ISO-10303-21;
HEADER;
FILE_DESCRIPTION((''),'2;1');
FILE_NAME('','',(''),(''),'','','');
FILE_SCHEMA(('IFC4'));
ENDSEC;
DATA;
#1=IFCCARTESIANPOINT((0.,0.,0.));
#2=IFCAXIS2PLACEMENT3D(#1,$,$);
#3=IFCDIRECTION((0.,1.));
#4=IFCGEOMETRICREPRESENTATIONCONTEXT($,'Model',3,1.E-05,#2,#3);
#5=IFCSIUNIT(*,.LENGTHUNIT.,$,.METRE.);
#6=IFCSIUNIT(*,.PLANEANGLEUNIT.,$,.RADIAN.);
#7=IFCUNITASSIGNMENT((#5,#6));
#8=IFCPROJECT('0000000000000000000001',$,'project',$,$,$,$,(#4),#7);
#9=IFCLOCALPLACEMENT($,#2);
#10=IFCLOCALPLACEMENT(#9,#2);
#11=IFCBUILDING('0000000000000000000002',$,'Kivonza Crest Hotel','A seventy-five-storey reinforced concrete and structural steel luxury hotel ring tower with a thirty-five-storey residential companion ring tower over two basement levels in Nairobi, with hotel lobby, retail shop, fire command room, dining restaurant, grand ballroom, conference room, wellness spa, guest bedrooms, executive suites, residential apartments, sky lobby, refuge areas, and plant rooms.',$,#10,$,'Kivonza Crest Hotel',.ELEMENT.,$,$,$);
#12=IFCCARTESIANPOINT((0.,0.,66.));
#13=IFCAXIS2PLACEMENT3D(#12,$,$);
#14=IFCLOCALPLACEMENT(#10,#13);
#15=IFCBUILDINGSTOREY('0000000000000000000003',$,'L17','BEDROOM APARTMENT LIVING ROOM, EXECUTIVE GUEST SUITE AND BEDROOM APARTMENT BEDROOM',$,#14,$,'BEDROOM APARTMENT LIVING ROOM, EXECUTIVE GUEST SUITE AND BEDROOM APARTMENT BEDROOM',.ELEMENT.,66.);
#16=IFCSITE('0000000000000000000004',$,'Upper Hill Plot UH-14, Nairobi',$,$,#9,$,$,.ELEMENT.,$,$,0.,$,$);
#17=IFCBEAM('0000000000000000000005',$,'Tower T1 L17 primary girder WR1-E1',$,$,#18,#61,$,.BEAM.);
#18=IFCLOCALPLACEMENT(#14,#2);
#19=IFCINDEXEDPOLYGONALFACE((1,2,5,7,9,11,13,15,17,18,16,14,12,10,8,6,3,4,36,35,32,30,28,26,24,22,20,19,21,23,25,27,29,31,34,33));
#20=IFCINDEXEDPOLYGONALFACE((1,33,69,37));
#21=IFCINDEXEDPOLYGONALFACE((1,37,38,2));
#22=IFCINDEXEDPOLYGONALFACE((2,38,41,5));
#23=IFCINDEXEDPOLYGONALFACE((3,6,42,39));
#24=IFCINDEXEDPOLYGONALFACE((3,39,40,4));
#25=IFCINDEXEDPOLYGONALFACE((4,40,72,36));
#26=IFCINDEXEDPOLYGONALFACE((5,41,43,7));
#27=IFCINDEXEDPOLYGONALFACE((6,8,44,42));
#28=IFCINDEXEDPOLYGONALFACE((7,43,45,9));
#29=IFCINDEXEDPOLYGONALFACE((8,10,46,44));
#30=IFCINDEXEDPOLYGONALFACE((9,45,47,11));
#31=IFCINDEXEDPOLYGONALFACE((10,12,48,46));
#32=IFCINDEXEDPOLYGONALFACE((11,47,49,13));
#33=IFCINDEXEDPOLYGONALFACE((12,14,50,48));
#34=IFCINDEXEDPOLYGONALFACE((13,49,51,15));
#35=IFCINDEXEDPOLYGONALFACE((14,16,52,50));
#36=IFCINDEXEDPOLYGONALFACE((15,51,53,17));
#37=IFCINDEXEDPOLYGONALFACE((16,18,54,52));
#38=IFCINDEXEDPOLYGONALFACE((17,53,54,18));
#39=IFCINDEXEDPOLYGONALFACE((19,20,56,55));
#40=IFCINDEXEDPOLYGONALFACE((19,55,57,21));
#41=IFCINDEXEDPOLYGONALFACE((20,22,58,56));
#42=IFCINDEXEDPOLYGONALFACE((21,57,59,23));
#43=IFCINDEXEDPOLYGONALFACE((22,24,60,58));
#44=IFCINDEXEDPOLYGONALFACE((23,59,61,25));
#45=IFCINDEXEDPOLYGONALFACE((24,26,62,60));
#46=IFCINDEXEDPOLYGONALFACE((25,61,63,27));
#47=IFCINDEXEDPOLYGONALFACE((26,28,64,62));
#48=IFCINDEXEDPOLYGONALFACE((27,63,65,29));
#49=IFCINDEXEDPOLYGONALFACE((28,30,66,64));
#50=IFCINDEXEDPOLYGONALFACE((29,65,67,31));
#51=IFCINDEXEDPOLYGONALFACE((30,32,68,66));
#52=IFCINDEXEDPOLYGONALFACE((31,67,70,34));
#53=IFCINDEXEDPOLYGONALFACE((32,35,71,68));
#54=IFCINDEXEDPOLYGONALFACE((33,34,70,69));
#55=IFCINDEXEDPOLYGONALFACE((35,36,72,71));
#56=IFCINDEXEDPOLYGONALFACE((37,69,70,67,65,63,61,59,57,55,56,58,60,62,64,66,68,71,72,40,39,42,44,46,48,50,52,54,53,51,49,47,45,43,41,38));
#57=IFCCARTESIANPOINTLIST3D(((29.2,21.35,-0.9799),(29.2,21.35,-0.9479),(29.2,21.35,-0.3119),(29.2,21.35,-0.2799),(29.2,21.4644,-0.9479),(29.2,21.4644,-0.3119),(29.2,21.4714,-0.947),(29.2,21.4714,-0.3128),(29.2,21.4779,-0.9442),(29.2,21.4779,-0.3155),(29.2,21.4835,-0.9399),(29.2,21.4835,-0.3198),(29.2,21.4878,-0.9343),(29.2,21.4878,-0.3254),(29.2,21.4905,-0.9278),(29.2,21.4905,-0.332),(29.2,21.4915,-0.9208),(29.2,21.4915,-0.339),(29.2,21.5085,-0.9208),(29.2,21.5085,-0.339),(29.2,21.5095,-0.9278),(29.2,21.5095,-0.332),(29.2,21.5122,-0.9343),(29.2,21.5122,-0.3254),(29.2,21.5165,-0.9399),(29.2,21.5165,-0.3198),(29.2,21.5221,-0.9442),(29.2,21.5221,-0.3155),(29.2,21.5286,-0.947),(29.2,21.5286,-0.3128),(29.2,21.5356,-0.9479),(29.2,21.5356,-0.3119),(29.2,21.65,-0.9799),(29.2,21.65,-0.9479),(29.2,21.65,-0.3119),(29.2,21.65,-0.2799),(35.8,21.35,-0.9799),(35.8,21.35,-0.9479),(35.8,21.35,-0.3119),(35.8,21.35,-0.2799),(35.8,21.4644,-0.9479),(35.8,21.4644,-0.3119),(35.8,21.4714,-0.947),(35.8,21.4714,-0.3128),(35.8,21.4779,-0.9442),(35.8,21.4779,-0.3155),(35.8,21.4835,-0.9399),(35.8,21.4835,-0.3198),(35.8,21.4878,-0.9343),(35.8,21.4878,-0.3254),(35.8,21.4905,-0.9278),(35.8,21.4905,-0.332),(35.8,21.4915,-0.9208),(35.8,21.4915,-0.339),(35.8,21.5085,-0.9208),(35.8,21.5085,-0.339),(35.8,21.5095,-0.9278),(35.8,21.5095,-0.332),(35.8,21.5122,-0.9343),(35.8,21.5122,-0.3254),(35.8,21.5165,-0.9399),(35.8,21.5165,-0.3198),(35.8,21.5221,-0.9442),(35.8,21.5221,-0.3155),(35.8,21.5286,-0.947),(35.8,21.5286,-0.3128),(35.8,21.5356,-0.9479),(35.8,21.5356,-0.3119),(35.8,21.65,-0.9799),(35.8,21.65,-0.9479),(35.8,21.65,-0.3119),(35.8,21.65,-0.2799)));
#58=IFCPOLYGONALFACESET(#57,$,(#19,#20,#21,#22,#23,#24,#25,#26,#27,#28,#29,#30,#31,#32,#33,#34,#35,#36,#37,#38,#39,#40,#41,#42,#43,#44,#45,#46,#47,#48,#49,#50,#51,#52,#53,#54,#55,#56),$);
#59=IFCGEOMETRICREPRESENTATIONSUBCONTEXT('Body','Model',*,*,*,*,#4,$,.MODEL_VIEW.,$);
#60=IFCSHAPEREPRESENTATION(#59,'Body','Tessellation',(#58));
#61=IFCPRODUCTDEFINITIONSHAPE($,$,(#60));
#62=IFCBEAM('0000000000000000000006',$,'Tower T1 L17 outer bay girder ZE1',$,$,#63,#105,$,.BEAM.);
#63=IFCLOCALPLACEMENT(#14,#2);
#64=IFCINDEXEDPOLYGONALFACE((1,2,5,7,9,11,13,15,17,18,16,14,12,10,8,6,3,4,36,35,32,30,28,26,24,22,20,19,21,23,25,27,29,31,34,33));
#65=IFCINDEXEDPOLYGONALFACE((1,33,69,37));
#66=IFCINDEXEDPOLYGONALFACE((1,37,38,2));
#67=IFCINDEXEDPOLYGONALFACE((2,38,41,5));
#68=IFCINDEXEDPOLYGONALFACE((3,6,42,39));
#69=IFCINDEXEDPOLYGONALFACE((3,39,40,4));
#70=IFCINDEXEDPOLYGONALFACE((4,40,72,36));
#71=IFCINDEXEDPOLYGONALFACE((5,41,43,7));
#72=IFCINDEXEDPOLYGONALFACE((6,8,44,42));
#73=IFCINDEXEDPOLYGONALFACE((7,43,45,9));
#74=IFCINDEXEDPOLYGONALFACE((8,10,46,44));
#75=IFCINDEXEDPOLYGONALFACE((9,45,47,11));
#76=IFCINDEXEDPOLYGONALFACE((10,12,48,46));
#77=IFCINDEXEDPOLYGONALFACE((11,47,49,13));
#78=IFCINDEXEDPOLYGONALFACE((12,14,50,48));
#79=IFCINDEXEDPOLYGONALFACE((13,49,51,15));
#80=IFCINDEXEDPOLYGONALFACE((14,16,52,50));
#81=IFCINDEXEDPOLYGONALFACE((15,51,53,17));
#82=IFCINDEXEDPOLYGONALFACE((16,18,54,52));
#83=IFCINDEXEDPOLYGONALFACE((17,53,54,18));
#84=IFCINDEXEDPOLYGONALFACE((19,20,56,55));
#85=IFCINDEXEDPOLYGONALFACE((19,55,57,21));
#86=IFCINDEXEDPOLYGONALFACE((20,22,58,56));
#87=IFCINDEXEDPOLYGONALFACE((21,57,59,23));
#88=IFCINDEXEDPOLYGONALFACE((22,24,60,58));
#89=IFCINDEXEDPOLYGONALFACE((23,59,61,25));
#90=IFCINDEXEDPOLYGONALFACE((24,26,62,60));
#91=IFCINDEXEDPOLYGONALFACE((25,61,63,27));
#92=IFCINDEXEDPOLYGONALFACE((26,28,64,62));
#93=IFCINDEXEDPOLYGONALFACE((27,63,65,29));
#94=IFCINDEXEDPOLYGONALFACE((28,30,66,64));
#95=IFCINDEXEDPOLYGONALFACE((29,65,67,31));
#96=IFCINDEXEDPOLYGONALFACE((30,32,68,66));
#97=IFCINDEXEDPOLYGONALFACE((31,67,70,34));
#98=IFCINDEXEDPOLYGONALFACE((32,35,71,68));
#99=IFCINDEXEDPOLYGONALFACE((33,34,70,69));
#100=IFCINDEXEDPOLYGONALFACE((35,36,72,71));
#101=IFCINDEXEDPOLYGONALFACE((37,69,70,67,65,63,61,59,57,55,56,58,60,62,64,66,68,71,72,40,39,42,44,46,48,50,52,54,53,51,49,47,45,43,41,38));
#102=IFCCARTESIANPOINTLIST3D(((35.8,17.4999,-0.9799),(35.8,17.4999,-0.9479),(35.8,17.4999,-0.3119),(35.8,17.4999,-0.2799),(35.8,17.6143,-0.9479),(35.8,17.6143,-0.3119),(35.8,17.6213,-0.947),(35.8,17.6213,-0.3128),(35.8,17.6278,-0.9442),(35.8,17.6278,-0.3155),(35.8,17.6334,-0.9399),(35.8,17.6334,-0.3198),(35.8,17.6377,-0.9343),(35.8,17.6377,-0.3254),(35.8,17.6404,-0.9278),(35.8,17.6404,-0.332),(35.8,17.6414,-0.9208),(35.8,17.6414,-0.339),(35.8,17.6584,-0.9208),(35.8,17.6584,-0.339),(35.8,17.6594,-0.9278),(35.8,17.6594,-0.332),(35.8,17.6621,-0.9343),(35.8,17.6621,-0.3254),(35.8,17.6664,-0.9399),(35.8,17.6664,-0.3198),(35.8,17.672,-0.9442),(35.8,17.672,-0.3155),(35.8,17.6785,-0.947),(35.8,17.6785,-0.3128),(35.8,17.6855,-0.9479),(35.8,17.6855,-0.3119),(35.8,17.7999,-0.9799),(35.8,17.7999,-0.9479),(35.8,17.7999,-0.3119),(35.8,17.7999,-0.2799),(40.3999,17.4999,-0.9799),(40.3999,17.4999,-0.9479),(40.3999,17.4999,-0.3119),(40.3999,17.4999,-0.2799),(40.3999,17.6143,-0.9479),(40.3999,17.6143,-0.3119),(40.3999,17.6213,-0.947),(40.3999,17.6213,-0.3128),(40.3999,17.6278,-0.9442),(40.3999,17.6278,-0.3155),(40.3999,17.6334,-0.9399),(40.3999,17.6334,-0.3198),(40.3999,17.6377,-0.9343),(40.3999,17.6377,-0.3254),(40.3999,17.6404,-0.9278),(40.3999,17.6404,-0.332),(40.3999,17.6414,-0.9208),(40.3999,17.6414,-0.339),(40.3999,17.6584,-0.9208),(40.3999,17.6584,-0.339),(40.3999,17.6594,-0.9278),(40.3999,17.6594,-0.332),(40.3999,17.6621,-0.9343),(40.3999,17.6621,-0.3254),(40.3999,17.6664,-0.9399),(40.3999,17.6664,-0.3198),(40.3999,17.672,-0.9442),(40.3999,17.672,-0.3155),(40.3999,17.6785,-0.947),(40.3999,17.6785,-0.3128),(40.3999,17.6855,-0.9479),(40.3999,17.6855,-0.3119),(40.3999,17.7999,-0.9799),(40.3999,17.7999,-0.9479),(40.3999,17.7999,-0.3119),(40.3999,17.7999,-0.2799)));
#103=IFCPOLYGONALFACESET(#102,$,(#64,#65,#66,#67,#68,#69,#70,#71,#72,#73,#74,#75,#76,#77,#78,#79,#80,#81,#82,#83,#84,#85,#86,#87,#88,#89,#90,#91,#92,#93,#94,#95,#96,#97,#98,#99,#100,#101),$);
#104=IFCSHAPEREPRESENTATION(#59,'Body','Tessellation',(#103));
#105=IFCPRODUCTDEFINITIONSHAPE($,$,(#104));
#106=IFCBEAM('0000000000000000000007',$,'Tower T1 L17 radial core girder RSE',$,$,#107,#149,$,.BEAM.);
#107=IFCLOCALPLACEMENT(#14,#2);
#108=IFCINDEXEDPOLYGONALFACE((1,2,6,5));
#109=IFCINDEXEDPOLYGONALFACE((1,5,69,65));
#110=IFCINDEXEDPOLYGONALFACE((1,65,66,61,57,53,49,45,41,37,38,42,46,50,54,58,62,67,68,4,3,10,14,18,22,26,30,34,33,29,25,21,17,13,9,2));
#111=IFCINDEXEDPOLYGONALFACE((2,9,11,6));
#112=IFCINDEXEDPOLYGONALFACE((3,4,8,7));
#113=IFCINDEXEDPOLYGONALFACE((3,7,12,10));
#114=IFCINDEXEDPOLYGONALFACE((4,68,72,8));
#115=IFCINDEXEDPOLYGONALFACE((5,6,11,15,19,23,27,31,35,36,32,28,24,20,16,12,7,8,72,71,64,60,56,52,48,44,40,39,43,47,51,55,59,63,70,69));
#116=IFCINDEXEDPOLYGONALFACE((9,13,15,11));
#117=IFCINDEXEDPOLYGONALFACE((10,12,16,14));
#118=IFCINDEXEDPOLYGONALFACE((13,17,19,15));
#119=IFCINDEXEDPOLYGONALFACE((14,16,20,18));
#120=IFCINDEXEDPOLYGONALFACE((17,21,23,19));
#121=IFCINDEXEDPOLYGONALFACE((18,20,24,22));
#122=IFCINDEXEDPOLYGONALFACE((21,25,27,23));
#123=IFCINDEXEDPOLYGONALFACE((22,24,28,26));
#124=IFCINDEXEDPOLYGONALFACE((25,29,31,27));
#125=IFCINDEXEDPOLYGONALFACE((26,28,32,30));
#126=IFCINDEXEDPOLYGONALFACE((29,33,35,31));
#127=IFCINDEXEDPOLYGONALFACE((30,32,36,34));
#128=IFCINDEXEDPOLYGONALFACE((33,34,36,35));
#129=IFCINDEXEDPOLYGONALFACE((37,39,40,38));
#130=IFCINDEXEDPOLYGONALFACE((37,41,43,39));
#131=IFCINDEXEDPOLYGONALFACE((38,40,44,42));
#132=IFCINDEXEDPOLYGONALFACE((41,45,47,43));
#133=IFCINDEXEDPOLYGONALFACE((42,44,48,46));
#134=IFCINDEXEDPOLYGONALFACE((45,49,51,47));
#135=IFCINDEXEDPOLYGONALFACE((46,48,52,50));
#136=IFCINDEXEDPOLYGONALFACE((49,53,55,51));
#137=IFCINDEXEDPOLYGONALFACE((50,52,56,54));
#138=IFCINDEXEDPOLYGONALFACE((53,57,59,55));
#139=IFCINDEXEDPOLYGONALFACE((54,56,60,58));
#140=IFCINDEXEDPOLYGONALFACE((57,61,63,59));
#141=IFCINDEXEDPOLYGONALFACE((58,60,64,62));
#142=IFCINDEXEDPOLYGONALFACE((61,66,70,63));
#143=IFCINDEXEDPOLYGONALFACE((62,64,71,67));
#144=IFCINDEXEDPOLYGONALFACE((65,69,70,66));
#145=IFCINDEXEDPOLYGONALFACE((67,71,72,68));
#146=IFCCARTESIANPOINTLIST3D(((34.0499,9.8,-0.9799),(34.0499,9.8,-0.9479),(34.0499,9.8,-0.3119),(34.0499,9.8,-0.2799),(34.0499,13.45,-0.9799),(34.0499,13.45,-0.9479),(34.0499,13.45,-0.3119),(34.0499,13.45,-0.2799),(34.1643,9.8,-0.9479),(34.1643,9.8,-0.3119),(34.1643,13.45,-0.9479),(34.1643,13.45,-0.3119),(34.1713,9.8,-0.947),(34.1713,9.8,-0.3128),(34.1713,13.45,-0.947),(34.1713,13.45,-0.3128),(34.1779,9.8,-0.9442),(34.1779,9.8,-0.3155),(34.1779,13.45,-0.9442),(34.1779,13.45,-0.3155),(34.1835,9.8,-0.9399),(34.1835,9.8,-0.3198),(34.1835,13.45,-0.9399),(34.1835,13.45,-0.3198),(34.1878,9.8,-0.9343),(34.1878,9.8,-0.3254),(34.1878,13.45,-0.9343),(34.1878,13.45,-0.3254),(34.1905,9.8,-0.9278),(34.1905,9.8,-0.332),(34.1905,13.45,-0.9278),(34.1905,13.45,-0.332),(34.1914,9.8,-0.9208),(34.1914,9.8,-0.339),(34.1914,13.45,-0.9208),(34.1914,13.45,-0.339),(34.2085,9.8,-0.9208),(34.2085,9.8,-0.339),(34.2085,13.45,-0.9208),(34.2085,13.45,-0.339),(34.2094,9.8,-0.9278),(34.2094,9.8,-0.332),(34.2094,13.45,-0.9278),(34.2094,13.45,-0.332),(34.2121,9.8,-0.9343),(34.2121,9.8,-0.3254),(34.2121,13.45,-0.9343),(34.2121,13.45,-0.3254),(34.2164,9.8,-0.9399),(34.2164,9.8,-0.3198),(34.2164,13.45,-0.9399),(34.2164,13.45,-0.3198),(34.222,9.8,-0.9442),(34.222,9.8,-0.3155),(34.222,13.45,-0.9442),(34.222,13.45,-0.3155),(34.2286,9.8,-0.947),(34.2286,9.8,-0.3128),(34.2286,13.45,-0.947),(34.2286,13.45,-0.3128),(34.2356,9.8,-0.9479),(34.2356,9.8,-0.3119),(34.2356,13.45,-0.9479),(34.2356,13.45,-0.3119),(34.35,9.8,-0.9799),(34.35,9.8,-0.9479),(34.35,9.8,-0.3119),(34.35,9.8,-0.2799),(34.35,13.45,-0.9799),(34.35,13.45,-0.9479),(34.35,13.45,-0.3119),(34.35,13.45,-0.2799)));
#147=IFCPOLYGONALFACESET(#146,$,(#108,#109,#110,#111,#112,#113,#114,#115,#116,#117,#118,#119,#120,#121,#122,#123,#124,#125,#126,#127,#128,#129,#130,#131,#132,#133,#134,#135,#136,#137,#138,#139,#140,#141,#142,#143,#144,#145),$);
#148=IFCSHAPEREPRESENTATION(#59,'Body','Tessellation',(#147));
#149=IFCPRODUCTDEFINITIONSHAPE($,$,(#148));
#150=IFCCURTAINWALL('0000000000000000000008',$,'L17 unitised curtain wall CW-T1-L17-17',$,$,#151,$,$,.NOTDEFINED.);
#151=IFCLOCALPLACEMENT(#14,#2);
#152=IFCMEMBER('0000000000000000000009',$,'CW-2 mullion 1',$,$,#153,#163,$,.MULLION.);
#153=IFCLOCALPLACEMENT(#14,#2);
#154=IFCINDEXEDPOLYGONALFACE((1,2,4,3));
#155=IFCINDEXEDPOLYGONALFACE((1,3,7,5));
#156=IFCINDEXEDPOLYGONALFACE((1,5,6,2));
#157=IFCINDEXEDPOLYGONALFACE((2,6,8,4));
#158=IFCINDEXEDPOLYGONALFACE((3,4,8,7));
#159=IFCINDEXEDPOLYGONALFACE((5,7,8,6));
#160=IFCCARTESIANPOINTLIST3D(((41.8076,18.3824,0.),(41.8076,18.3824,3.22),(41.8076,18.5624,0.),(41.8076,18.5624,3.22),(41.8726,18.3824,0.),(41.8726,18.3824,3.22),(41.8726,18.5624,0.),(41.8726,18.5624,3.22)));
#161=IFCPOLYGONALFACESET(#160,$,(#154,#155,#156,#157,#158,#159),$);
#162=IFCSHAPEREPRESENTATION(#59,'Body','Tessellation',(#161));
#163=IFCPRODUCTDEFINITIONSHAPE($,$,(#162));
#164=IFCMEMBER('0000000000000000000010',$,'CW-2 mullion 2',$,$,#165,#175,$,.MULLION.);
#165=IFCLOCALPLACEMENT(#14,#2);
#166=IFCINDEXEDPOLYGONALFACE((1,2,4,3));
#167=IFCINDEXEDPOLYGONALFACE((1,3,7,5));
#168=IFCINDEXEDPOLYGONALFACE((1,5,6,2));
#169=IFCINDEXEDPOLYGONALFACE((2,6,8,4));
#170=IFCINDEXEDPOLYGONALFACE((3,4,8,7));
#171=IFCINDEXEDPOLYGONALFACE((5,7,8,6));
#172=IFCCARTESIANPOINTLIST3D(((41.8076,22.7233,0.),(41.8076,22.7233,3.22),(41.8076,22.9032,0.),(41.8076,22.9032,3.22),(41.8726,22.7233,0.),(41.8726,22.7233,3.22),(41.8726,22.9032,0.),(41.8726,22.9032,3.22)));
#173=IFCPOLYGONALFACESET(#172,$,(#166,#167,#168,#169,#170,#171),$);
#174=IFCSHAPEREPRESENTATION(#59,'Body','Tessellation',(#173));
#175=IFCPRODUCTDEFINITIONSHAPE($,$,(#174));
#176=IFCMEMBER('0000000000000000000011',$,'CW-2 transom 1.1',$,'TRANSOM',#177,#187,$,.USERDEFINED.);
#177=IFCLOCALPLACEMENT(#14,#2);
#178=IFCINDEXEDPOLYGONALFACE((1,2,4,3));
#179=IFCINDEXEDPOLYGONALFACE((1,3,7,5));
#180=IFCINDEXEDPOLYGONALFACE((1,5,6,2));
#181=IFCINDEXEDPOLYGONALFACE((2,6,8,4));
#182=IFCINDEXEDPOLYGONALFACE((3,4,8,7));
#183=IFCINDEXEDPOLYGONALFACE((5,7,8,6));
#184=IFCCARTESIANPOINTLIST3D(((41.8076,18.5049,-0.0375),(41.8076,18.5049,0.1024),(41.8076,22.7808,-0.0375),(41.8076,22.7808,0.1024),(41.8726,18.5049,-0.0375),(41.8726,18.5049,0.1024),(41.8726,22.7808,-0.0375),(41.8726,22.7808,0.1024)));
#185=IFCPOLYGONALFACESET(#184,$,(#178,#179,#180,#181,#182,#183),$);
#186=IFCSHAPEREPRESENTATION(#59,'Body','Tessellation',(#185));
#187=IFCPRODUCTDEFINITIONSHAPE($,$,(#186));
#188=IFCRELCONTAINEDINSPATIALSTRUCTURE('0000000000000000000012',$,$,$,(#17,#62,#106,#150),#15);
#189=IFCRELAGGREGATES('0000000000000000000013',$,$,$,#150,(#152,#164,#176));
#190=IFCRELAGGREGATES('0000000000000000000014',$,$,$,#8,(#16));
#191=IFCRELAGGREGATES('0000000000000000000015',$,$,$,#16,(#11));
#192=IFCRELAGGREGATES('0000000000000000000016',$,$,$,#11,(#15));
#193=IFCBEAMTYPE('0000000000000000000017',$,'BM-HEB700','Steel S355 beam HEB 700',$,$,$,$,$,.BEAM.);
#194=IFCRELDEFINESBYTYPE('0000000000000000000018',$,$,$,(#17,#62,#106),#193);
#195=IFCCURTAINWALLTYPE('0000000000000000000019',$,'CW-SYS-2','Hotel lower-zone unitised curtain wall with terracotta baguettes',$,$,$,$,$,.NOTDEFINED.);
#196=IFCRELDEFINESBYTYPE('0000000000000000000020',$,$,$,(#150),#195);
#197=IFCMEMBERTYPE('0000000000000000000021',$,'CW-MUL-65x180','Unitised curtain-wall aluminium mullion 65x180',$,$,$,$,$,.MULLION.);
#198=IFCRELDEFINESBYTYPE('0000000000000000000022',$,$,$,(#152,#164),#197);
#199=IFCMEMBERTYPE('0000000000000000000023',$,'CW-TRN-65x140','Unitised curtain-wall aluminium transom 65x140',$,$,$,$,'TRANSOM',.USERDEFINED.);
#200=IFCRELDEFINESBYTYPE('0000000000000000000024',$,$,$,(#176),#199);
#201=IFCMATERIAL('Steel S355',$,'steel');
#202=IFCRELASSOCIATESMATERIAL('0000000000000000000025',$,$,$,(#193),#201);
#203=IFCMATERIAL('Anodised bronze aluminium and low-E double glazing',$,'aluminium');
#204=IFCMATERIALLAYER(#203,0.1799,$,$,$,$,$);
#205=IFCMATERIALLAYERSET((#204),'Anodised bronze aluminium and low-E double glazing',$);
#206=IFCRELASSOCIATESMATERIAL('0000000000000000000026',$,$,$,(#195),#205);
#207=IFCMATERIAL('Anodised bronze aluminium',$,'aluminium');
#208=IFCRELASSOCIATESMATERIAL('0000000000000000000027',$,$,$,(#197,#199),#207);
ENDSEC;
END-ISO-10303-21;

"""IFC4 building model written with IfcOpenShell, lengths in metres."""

from ifc_helpers import new_model, si_unit, direction, frame, origin, origin_2d, place, context, subcontext, project, spatial, rectangle, i_section, extrude, material, layer, layer_set, material_profile, profile_set, type_object, element, aggregate, save


model = new_model("IFC4")

# Units and contexts
model_context = context("Model", 3, precision=1e-05, world=origin(), true_north=direction((0.0, 1.0)))
body_context = subcontext(model_context, "Body", "Model", "MODEL_VIEW")
ifc_project = project(units=[si_unit("LENGTHUNIT", "METRE"), si_unit("PLANEANGLEUNIT", "RADIAN")], contexts=[model_context])

# Site, building, storey
site_placement = place(None, origin())
site = spatial("IfcSite", under=ifc_project, at=site_placement, Name="Upper Hill Plot UH-14, Nairobi", CompositionType="ELEMENT", RefElevation=0.0)
building_placement = place(site_placement, origin())
building = spatial("IfcBuilding", under=site, at=building_placement, Name="Kivonza Crest Hotel", Description="A seventy-five-storey reinforced concrete and structural steel luxury hotel ring tower with a thirty-five-storey residential companion ring tower over two basement levels in Nairobi, with hotel lobby, retail shop, fire command room, dining restaurant, grand ballroom, conference room, wellness spa, guest bedrooms, executive suites, residential apartments, sky lobby, refuge areas, and plant rooms.", LongName="Kivonza Crest Hotel", CompositionType="ELEMENT")
storey_placement = place(building_placement, frame((0.0, 0.0, 66.0)))
storey = spatial("IfcBuildingStorey", under=building, at=storey_placement, Name="L17", Description="BEDROOM APARTMENT LIVING ROOM, EXECUTIVE GUEST SUITE AND BEDROOM APARTMENT BEDROOM", LongName="BEDROOM APARTMENT LIVING ROOM, EXECUTIVE GUEST SUITE AND BEDROOM APARTMENT BEDROOM", CompositionType="ELEMENT", Elevation=66.0)

# Beams
ifc_material_1 = material(Name="Steel S355", Category="steel")
ifc_material_profile_1 = material_profile(ifc_material_1, i_section(OverallWidth=0.3, OverallDepth=0.7, WebThickness=0.0171, FlangeThickness=0.032, FilletRadius=0.0271, at=origin_2d()), Name="HEB 700")
ifc_profile_set_1 = profile_set([ifc_material_profile_1], Name="Steel S355")
beam_type_1 = type_object("IfcBeamType", Name="BM-HEB700", Description="Steel S355 beam HEB 700", PredefinedType="BEAM", material=ifc_profile_set_1)
beam_1_placement = place(storey_placement, frame((29.2, 21.5, -0.6299), z_axis=(1.0, 0.0, 0.0), x_axis=(0.0, 1.0, 0.0)))
element("IfcBeam", 1, at=beam_1_placement, inside=storey, type_object=beam_type_1, Name="Tower T1 L17 primary girder WR1-E1", PredefinedType="BEAM", context=body_context, shape_type="SweptSolid", body=[
    extrude(i_section(OverallWidth=0.3, OverallDepth=0.7, WebThickness=0.0171, FlangeThickness=0.032, FilletRadius=0.0271, at=origin_2d()), origin(), (0.0, 0.0, 1.0), 6.6001),
])
beam_2_placement = place(storey_placement, frame((40.3999, 17.6499, -0.6299), z_axis=(-1.0, 0.0, 0.0), x_axis=(0.0, -1.0, 0.0)))
element("IfcBeam", 2, at=beam_2_placement, inside=storey, type_object=beam_type_1, Name="Tower T1 L17 outer bay girder ZE1", PredefinedType="BEAM", context=body_context, shape_type="SweptSolid", body=[
    extrude(i_section(OverallWidth=0.3, OverallDepth=0.7, WebThickness=0.0171, FlangeThickness=0.032, FilletRadius=0.0271, at=origin_2d()), origin(), (0.0, 0.0, 1.0), 4.5999),
])
beam_3_placement = place(storey_placement, frame((34.2, 9.8, -0.6299), z_axis=(0.0, 1.0, 0.0), x_axis=(-1.0, 0.0, 0.0)))
element("IfcBeam", 3, at=beam_3_placement, inside=storey, type_object=beam_type_1, Name="Tower T1 L17 radial core girder RSE", PredefinedType="BEAM", context=body_context, shape_type="SweptSolid", body=[
    extrude(i_section(OverallWidth=0.3, OverallDepth=0.7, WebThickness=0.0171, FlangeThickness=0.032, FilletRadius=0.0271, at=origin_2d()), origin(), (0.0, 0.0, 1.0), 3.6499),
])

# Curtain wall, members
ifc_material_2 = material(Name="Anodised bronze aluminium and low-E double glazing", Category="aluminium")
ifc_layer_1 = layer(ifc_material_2, 0.1799)
ifc_layer_set_1 = layer_set([ifc_layer_1], Name="Anodised bronze aluminium and low-E double glazing")
curtain_wall_type = type_object("IfcCurtainWallType", Name="CW-SYS-2", Description="Hotel lower-zone unitised curtain wall with terracotta baguettes", PredefinedType="NOTDEFINED", material=ifc_layer_set_1)
curtain_wall_placement = place(storey_placement, origin())
curtain_wall = element("IfcCurtainWall", 4, at=curtain_wall_placement, inside=storey, type_object=curtain_wall_type, Name="L17 unitised curtain wall CW-T1-L17-17", PredefinedType="NOTDEFINED")
ifc_material_3 = material(Name="Anodised bronze aluminium", Category="aluminium")
ifc_material_profile_2 = material_profile(ifc_material_3, rectangle(XDim=0.0649, YDim=0.1799, at=origin_2d()), Name="CW-M 65x180")
ifc_profile_set_2 = profile_set([ifc_material_profile_2], Name="Anodised bronze aluminium")
member_type_1 = type_object("IfcMemberType", Name="CW-MUL-65x180", Description="Unitised curtain-wall aluminium mullion 65x180", PredefinedType="MULLION", material=ifc_profile_set_2)
member_1_placement = place(storey_placement, frame((41.8401, 18.4724, 0.0), z_axis=(0.0, 0.0, 1.0), x_axis=(-1.0, 0.0, 0.0)))
member_1 = element("IfcMember", 5, at=member_1_placement, type_object=member_type_1, Name="CW-2 mullion 1", PredefinedType="MULLION", context=body_context, shape_type="SweptSolid", body=[
    extrude(rectangle(XDim=0.0649, YDim=0.1799, at=origin_2d()), origin(), (0.0, 0.0, 1.0), 3.22),
])
member_2_placement = place(storey_placement, frame((41.8401, 22.8132, 0.0), z_axis=(0.0, 0.0, 1.0), x_axis=(-1.0, 0.0, 0.0)))
member_2 = element("IfcMember", 6, at=member_2_placement, type_object=member_type_1, Name="CW-2 mullion 2", PredefinedType="MULLION", context=body_context, shape_type="SweptSolid", body=[
    extrude(rectangle(XDim=0.0649, YDim=0.1799, at=origin_2d()), origin(), (0.0, 0.0, 1.0), 3.22),
])
ifc_material_profile_3 = material_profile(ifc_material_3, rectangle(XDim=0.0649, YDim=0.1399, at=origin_2d()), Name="CW-T 65x140")
ifc_profile_set_3 = profile_set([ifc_material_profile_3], Name="Anodised bronze aluminium")
member_type_2 = type_object("IfcMemberType", Name="CW-TRN-65x140", Description="Unitised curtain-wall aluminium transom 65x140", ElementType="TRANSOM", PredefinedType="USERDEFINED", material=ifc_profile_set_3)
member_3_placement = place(storey_placement, frame((41.8401, 18.5049, 0.0325), z_axis=(0.0, 1.0, 0.0), x_axis=(-1.0, 0.0, 0.0)))
member_3 = element("IfcMember", 7, at=member_3_placement, type_object=member_type_2, Name="CW-2 transom 1.1", ObjectType="TRANSOM", PredefinedType="USERDEFINED", context=body_context, shape_type="SweptSolid", body=[
    extrude(rectangle(XDim=0.0649, YDim=0.1399, at=origin_2d()), origin(), (0.0, 0.0, 1.0), 4.2759),
])
aggregate(curtain_wall, [member_1, member_2, member_3])

save(model, "model.ifc")
